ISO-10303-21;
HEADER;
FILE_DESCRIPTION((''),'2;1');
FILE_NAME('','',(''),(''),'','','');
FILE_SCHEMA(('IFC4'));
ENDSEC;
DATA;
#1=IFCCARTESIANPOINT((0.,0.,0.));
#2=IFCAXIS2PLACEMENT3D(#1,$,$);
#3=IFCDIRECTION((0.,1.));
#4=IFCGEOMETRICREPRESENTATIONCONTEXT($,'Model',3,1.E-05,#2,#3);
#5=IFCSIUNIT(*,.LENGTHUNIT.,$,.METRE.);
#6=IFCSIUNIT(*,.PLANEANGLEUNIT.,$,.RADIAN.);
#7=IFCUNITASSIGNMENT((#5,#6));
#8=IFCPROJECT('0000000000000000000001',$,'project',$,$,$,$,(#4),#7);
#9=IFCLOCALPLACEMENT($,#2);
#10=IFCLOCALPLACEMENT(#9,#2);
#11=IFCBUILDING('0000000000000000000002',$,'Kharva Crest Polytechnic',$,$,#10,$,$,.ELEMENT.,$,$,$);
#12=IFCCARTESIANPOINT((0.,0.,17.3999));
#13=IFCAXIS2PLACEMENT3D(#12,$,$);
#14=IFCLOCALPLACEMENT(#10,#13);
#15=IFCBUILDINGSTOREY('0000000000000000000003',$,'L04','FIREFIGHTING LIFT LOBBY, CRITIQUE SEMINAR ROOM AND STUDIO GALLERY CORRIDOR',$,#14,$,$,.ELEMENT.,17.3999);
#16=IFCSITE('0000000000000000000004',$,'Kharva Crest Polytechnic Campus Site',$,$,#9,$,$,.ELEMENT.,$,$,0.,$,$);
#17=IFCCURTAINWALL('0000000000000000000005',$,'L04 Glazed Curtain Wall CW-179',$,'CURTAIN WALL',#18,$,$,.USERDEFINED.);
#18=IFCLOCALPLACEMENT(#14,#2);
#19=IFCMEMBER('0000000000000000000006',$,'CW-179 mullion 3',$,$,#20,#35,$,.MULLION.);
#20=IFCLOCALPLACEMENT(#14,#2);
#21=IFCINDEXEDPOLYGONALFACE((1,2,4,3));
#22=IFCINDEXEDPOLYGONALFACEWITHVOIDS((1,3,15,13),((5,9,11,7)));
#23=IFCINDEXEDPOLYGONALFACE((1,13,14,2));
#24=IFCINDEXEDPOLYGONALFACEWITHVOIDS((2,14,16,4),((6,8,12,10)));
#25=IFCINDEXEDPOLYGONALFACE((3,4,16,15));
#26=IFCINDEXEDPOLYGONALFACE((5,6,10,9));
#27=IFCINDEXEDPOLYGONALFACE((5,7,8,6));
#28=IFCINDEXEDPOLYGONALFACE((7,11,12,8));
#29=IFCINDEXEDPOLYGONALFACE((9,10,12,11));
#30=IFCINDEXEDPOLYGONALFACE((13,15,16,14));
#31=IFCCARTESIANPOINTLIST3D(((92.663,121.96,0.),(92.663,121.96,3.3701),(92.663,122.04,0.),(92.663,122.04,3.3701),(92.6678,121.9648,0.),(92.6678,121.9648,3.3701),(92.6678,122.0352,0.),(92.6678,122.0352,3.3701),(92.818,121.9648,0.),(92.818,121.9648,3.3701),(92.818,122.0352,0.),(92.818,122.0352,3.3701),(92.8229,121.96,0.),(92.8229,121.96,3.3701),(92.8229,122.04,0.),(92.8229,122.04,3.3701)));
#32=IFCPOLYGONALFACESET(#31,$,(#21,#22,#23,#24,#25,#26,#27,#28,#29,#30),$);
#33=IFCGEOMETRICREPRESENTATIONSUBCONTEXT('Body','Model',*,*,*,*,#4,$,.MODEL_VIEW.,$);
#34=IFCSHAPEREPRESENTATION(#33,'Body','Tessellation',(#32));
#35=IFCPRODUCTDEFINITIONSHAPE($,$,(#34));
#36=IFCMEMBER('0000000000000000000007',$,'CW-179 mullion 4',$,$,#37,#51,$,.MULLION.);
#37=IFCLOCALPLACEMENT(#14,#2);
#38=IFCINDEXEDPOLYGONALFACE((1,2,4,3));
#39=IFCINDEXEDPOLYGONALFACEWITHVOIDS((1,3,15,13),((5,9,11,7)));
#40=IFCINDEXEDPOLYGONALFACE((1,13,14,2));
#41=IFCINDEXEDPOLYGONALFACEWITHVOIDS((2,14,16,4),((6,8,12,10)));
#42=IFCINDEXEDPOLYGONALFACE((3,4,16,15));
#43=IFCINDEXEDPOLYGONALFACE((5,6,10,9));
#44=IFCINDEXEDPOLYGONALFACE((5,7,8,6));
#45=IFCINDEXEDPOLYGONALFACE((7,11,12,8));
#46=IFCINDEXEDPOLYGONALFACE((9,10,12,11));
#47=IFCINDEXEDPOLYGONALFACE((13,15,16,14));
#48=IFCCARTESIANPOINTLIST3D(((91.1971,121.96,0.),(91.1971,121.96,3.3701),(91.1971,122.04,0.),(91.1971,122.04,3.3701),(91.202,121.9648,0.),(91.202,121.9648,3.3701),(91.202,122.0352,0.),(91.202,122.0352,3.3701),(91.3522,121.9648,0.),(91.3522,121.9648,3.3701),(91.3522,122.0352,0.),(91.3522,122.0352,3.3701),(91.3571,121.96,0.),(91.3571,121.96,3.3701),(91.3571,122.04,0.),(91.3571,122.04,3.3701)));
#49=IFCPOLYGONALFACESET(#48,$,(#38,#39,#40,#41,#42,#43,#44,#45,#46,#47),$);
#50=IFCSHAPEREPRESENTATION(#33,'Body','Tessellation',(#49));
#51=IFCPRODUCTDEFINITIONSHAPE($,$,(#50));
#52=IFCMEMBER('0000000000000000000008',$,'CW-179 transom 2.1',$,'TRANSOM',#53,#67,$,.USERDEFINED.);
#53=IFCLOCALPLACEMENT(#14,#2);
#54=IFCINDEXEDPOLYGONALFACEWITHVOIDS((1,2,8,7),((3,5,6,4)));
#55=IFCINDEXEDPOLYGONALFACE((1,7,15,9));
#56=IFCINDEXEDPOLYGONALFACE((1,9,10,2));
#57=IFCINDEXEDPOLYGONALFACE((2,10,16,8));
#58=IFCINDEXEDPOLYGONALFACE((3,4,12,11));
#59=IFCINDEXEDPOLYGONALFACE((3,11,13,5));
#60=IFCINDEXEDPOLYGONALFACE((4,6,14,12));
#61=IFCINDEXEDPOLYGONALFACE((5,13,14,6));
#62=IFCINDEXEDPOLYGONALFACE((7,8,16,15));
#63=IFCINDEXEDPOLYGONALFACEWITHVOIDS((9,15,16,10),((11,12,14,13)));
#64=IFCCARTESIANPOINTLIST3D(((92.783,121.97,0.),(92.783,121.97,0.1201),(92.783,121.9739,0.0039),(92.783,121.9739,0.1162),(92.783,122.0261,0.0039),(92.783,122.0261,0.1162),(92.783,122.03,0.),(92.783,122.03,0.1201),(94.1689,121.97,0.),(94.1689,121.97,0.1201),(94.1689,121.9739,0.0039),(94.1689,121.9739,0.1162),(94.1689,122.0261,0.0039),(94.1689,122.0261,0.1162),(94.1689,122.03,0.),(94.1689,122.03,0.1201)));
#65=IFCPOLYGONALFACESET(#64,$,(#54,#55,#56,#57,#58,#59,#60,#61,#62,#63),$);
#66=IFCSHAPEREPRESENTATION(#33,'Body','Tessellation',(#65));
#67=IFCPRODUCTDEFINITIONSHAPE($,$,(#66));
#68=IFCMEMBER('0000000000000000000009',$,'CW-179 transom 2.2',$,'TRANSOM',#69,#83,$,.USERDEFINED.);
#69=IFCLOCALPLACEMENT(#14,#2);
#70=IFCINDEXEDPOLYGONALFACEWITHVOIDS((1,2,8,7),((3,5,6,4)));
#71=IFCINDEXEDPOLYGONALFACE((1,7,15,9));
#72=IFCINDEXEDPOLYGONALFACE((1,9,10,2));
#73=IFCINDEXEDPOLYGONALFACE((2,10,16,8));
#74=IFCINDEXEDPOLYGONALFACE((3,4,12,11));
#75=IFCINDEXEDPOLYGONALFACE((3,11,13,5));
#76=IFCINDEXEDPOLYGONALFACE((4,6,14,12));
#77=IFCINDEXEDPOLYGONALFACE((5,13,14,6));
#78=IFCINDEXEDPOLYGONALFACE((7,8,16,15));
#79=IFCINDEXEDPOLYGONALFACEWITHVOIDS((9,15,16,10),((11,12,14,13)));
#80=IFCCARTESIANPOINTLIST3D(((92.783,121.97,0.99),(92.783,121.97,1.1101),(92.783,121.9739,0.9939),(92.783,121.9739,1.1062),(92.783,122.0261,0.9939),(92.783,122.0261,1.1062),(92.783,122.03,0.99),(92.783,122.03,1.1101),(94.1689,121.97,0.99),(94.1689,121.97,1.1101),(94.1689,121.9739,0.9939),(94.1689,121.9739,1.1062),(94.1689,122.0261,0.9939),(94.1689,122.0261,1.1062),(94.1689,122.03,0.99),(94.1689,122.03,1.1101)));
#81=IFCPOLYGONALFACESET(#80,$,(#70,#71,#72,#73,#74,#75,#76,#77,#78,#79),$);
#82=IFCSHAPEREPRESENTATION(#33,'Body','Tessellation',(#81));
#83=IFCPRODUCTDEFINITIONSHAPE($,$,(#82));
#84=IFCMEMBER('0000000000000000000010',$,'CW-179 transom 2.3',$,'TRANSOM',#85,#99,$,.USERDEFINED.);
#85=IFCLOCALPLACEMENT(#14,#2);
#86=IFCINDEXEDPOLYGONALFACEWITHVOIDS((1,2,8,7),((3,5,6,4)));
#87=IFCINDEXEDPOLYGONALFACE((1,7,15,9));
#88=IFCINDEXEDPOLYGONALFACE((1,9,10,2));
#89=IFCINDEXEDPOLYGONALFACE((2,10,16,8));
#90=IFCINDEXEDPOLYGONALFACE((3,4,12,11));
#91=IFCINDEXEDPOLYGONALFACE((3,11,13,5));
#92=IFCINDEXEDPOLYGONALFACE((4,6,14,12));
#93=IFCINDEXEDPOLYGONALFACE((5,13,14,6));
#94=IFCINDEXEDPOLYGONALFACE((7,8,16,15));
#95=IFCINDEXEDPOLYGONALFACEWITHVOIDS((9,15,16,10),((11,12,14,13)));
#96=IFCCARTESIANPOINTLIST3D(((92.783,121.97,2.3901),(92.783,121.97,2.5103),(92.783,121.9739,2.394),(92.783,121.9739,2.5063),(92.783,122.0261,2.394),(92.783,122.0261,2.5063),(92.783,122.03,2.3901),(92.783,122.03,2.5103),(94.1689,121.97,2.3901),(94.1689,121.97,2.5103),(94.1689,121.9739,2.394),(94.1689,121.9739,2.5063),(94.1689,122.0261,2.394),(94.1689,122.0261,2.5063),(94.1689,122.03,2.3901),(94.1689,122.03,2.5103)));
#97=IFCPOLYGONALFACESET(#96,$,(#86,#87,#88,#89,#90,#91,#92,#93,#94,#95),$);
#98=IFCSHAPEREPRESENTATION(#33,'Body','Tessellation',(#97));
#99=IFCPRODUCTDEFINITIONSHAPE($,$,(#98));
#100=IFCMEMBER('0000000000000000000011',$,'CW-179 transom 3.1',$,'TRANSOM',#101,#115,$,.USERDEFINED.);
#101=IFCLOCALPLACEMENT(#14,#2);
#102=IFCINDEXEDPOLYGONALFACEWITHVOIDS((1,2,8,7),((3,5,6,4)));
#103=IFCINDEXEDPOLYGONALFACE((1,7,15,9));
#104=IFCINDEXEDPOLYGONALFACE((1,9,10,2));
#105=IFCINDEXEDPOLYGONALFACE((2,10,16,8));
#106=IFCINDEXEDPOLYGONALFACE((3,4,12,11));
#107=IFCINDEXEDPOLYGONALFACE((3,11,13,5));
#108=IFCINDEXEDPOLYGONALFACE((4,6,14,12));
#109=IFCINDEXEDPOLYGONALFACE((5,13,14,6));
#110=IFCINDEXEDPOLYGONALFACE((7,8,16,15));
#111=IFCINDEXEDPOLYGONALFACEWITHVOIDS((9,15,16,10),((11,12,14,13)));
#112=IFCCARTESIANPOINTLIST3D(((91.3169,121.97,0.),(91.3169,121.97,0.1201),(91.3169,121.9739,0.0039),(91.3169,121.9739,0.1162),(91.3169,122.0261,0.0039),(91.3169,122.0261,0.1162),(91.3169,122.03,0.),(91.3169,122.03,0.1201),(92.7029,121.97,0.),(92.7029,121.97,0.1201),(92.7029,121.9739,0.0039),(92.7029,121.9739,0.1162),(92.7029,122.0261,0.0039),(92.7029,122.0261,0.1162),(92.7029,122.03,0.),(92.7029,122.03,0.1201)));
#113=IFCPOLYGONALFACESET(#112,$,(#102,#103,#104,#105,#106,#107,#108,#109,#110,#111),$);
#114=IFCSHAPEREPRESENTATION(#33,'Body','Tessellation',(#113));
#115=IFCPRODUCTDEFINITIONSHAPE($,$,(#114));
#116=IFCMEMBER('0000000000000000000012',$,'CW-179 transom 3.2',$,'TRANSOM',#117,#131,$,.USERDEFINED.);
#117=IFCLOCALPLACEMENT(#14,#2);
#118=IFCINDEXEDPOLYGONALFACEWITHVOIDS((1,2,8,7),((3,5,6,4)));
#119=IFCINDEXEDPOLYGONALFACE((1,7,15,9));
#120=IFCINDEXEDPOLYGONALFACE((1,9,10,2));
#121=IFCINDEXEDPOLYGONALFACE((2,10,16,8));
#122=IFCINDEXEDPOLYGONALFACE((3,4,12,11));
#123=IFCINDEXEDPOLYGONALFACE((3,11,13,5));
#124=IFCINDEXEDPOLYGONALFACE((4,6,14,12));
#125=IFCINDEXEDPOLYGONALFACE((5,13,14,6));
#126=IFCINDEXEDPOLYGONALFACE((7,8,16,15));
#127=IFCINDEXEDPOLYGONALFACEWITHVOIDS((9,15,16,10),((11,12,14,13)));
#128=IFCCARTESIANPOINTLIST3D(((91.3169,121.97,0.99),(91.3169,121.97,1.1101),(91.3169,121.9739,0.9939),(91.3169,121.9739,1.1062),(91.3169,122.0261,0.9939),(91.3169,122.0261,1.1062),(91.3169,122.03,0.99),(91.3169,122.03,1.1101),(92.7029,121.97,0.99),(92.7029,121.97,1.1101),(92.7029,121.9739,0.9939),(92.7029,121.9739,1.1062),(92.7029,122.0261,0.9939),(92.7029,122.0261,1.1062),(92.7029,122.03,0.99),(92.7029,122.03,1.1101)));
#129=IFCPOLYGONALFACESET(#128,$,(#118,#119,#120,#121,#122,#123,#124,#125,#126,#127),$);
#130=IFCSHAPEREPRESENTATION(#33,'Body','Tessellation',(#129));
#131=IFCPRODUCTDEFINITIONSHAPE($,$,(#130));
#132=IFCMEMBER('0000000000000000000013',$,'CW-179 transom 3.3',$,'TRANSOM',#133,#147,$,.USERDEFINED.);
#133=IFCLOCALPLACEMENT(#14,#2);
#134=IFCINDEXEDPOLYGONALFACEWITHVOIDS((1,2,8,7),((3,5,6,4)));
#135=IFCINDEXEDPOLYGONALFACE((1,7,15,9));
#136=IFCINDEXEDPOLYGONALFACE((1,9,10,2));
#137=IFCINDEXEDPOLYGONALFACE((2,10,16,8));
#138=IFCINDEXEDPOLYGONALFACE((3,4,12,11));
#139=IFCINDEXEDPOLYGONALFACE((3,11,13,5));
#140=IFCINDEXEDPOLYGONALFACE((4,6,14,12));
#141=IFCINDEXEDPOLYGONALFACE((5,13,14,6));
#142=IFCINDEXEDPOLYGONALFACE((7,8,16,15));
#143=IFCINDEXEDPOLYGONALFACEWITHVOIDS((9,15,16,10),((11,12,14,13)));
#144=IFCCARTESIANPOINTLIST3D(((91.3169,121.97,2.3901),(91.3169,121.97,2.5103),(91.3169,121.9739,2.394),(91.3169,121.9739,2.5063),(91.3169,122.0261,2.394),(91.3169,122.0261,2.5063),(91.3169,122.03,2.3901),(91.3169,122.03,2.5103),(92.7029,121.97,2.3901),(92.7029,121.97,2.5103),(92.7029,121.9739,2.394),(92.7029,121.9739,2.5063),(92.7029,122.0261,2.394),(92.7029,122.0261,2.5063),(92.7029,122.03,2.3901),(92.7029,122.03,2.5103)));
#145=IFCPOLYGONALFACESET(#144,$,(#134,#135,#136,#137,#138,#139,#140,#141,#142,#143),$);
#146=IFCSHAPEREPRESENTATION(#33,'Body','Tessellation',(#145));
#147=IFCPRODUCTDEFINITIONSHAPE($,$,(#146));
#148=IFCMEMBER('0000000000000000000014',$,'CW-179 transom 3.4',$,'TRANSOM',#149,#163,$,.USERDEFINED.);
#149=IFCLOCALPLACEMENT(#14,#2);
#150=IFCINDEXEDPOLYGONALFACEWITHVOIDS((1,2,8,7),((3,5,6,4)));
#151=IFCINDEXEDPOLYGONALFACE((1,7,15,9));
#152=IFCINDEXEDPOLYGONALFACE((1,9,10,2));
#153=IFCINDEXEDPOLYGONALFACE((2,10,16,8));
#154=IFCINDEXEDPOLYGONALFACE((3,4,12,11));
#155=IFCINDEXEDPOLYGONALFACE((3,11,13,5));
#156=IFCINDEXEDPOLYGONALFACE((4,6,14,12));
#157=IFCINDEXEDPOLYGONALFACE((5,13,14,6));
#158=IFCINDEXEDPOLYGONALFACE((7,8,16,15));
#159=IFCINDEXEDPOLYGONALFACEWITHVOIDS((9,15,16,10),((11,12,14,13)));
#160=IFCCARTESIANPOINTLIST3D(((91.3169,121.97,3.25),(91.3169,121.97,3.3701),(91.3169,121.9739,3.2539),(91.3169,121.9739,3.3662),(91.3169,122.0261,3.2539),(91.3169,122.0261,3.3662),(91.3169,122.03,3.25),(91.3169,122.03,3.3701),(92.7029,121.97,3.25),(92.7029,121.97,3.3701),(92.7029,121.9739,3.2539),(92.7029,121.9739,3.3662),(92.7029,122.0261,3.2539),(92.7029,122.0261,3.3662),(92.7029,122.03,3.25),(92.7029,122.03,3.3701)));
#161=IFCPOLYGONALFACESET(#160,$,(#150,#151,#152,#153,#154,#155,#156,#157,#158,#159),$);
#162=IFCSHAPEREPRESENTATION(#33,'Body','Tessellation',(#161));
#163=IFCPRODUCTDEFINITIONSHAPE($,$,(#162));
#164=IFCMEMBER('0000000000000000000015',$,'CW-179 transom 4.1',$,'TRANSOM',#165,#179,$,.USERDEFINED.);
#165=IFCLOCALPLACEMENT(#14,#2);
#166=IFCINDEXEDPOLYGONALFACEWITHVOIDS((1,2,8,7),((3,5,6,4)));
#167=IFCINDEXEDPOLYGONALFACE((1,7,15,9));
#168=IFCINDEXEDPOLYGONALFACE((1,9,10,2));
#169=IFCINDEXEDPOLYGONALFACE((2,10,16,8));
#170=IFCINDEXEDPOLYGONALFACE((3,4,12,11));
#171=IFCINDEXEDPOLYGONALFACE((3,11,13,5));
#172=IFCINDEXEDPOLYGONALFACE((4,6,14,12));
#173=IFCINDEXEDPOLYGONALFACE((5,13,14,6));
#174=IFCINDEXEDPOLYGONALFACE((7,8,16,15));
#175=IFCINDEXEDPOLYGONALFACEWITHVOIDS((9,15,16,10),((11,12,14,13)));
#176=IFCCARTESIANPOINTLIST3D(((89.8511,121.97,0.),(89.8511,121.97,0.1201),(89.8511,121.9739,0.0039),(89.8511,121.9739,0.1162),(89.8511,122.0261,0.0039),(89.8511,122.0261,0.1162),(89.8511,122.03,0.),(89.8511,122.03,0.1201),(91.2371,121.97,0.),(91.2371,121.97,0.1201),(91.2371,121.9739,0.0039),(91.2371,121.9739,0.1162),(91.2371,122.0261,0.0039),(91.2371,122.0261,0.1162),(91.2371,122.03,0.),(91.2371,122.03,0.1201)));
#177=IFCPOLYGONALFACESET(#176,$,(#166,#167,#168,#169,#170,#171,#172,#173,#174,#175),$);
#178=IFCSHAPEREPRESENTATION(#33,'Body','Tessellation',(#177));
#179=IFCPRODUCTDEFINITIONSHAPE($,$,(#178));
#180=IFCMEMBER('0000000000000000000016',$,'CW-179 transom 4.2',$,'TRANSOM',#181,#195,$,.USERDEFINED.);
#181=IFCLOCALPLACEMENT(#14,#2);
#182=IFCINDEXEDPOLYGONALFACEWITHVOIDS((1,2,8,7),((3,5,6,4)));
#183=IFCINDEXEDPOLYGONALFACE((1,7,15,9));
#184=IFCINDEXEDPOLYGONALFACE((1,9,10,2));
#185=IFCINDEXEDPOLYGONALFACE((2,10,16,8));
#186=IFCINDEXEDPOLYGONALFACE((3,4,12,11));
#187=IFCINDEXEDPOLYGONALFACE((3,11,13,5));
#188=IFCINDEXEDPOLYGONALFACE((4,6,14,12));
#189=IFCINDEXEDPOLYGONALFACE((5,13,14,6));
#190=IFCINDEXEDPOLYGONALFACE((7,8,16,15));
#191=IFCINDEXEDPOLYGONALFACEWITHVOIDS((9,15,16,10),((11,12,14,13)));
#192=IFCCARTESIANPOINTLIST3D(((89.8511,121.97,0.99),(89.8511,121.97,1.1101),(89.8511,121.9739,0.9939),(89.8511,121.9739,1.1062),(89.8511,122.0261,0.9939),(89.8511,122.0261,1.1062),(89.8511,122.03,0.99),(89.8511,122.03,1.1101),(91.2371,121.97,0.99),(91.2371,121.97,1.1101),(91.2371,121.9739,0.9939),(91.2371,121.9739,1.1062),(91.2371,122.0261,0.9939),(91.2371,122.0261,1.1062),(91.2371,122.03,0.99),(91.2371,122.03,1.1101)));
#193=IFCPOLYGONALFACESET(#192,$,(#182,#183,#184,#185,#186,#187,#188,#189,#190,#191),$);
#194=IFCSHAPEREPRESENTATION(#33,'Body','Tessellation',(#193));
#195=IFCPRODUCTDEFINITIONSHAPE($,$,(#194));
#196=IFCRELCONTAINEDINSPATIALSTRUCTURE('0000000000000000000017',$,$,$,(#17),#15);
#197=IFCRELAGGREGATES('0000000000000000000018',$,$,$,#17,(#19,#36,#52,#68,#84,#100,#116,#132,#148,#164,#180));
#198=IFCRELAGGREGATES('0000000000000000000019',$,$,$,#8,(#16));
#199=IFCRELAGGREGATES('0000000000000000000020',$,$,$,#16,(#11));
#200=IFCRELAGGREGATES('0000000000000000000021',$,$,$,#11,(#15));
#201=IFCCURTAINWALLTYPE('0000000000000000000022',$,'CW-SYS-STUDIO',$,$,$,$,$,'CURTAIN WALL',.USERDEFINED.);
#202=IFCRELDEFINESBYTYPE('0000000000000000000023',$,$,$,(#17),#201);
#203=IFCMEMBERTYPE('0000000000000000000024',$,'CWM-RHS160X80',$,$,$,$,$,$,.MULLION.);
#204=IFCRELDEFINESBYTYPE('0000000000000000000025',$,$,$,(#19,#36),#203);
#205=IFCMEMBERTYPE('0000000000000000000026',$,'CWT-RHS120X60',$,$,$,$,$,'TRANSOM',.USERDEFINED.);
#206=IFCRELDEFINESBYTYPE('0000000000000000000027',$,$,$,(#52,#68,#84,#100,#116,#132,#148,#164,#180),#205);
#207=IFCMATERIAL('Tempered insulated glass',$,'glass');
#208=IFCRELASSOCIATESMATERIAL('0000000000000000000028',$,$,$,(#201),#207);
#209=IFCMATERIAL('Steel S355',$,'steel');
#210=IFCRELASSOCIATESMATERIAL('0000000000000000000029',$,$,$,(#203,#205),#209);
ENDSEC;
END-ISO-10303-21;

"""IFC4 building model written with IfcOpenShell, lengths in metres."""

from ifc_helpers import new_model, si_unit, direction, frame, origin, origin_2d, place, context, subcontext, project, spatial, hollow_rectangle, extrude, material, material_profile, profile_set, type_object, element, aggregate, save


model = new_model("IFC4")

# Units and contexts
model_context = context("Model", 3, precision=1e-05, world=origin(), true_north=direction((0.0, 1.0)))
body_context = subcontext(model_context, "Body", "Model", "MODEL_VIEW")
ifc_project = project(units=[si_unit("LENGTHUNIT", "METRE"), si_unit("PLANEANGLEUNIT", "RADIAN")], contexts=[model_context])

# Site, building, storey
site_placement = place(None, origin())
site = spatial("IfcSite", under=ifc_project, at=site_placement, Name="Kharva Crest Polytechnic Campus Site", CompositionType="ELEMENT", RefElevation=0.0)
building_placement = place(site_placement, origin())
building = spatial("IfcBuilding", under=site, at=building_placement, Name="Kharva Crest Polytechnic", CompositionType="ELEMENT")
storey_placement = place(building_placement, frame((0.0, 0.0, 17.3999)))
storey = spatial("IfcBuildingStorey", under=building, at=storey_placement, Name="L04", Description="FIREFIGHTING LIFT LOBBY, CRITIQUE SEMINAR ROOM AND STUDIO GALLERY CORRIDOR", CompositionType="ELEMENT", Elevation=17.3999)

# Curtain wall, members
ifc_material_1 = material(Name="Tempered insulated glass", Category="glass")
curtain_wall_type = type_object("IfcCurtainWallType", Name="CW-SYS-STUDIO", ElementType="CURTAIN WALL", PredefinedType="USERDEFINED", material=ifc_material_1)
curtain_wall_placement = place(storey_placement, origin())
curtain_wall = element("IfcCurtainWall", 1, at=curtain_wall_placement, inside=storey, type_object=curtain_wall_type, Name="L04 Glazed Curtain Wall CW-179", ObjectType="CURTAIN WALL", PredefinedType="USERDEFINED")
ifc_material_2 = material(Name="Steel S355", Category="steel")
ifc_material_profile_1 = material_profile(ifc_material_2, hollow_rectangle(XDim=0.0801, YDim=0.1599, WallThickness=0.0049, at=origin_2d()), Name="RHS 160X80X5.0")
ifc_profile_set_1 = profile_set([ifc_material_profile_1], Name="Steel S355")
member_type_1 = type_object("IfcMemberType", Name="CWM-RHS160X80", PredefinedType="MULLION", material=ifc_profile_set_1)
member_1_placement = place(storey_placement, frame((92.7429, 122.0, 0.0), z_axis=(0.0, 0.0, 1.0), x_axis=(0.0, -1.0, 0.0)))
member_1 = element("IfcMember", 2, at=member_1_placement, type_object=member_type_1, Name="CW-179 mullion 3", PredefinedType="MULLION", context=body_context, shape_type="SweptSolid", body=[
    extrude(hollow_rectangle(XDim=0.0801, YDim=0.1599, WallThickness=0.0049, at=origin_2d()), origin(), (0.0, 0.0, 1.0), 3.3701),
])
member_2_placement = place(storey_placement, frame((91.2771, 122.0, 0.0), z_axis=(0.0, 0.0, 1.0), x_axis=(0.0, -1.0, 0.0)))
member_2 = element("IfcMember", 3, at=member_2_placement, type_object=member_type_1, Name="CW-179 mullion 4", PredefinedType="MULLION", context=body_context, shape_type="SweptSolid", body=[
    extrude(hollow_rectangle(XDim=0.0801, YDim=0.1599, WallThickness=0.0049, at=origin_2d()), origin(), (0.0, 0.0, 1.0), 3.3701),
])
ifc_material_profile_2 = material_profile(ifc_material_2, hollow_rectangle(XDim=0.0601, YDim=0.1201, WallThickness=0.0039, at=origin_2d()), Name="RHS 120X60X4.0")
ifc_profile_set_2 = profile_set([ifc_material_profile_2], Name="Steel S355")
member_type_2 = type_object("IfcMemberType", Name="CWT-RHS120X60", ElementType="TRANSOM", PredefinedType="USERDEFINED", material=ifc_profile_set_2)
member_3_placement = place(storey_placement, frame((94.1689, 122.0, 0.0601), z_axis=(-1.0, 0.0, 0.0), x_axis=(0.0, -1.0, 0.0)))
member_3 = element("IfcMember", 4, at=member_3_placement, type_object=member_type_2, Name="CW-179 transom 2.1", ObjectType="TRANSOM", PredefinedType="USERDEFINED", context=body_context, shape_type="SweptSolid", body=[
    extrude(hollow_rectangle(XDim=0.0601, YDim=0.1201, WallThickness=0.0039, at=origin_2d()), origin(), (0.0, 0.0, 1.0), 1.386),
])
member_4_placement = place(storey_placement, frame((94.1689, 122.0, 1.05), z_axis=(-1.0, 0.0, 0.0), x_axis=(0.0, -1.0, 0.0)))
member_4 = element("IfcMember", 5, at=member_4_placement, type_object=member_type_2, Name="CW-179 transom 2.2", ObjectType="TRANSOM", PredefinedType="USERDEFINED", context=body_context, shape_type="SweptSolid", body=[
    extrude(hollow_rectangle(XDim=0.0601, YDim=0.1201, WallThickness=0.0039, at=origin_2d()), origin(), (0.0, 0.0, 1.0), 1.386),
])
member_5_placement = place(storey_placement, frame((94.1689, 122.0, 2.4502), z_axis=(-1.0, 0.0, 0.0), x_axis=(0.0, -1.0, 0.0)))
member_5 = element("IfcMember", 6, at=member_5_placement, type_object=member_type_2, Name="CW-179 transom 2.3", ObjectType="TRANSOM", PredefinedType="USERDEFINED", context=body_context, shape_type="SweptSolid", body=[
    extrude(hollow_rectangle(XDim=0.0601, YDim=0.1201, WallThickness=0.0039, at=origin_2d()), origin(), (0.0, 0.0, 1.0), 1.386),
])
member_6_placement = place(storey_placement, frame((92.7029, 122.0, 0.0601), z_axis=(-1.0, 0.0, 0.0), x_axis=(0.0, -1.0, 0.0)))
member_6 = element("IfcMember", 7, at=member_6_placement, type_object=member_type_2, Name="CW-179 transom 3.1", ObjectType="TRANSOM", PredefinedType="USERDEFINED", context=body_context, shape_type="SweptSolid", body=[
    extrude(hollow_rectangle(XDim=0.0601, YDim=0.1201, WallThickness=0.0039, at=origin_2d()), origin(), (0.0, 0.0, 1.0), 1.386),
])
member_7_placement = place(storey_placement, frame((92.7029, 122.0, 1.05), z_axis=(-1.0, 0.0, 0.0), x_axis=(0.0, -1.0, 0.0)))
member_7 = element("IfcMember", 8, at=member_7_placement, type_object=member_type_2, Name="CW-179 transom 3.2", ObjectType="TRANSOM", PredefinedType="USERDEFINED", context=body_context, shape_type="SweptSolid", body=[
    extrude(hollow_rectangle(XDim=0.0601, YDim=0.1201, WallThickness=0.0039, at=origin_2d()), origin(), (0.0, 0.0, 1.0), 1.386),
])
member_8_placement = place(storey_placement, frame((92.7029, 122.0, 2.4502), z_axis=(-1.0, 0.0, 0.0), x_axis=(0.0, -1.0, 0.0)))
member_8 = element("IfcMember", 9, at=member_8_placement, type_object=member_type_2, Name="CW-179 transom 3.3", ObjectType="TRANSOM", PredefinedType="USERDEFINED", context=body_context, shape_type="SweptSolid", body=[
    extrude(hollow_rectangle(XDim=0.0601, YDim=0.1201, WallThickness=0.0039, at=origin_2d()), origin(), (0.0, 0.0, 1.0), 1.386),
])
member_9_placement = place(storey_placement, frame((92.7029, 122.0, 3.3101), z_axis=(-1.0, 0.0, 0.0), x_axis=(0.0, -1.0, 0.0)))
member_9 = element("IfcMember", 10, at=member_9_placement, type_object=member_type_2, Name="CW-179 transom 3.4", ObjectType="TRANSOM", PredefinedType="USERDEFINED", context=body_context, shape_type="SweptSolid", body=[
    extrude(hollow_rectangle(XDim=0.0601, YDim=0.1201, WallThickness=0.0039, at=origin_2d()), origin(), (0.0, 0.0, 1.0), 1.386),
])
member_10_placement = place(storey_placement, frame((91.2371, 122.0, 0.0601), z_axis=(-1.0, 0.0, 0.0), x_axis=(0.0, -1.0, 0.0)))
member_10 = element("IfcMember", 11, at=member_10_placement, type_object=member_type_2, Name="CW-179 transom 4.1", ObjectType="TRANSOM", PredefinedType="USERDEFINED", context=body_context, shape_type="SweptSolid", body=[
    extrude(hollow_rectangle(XDim=0.0601, YDim=0.1201, WallThickness=0.0039, at=origin_2d()), origin(), (0.0, 0.0, 1.0), 1.386),
])
member_11_placement = place(storey_placement, frame((91.2371, 122.0, 1.05), z_axis=(-1.0, 0.0, 0.0), x_axis=(0.0, -1.0, 0.0)))
member_11 = element("IfcMember", 12, at=member_11_placement, type_object=member_type_2, Name="CW-179 transom 4.2", ObjectType="TRANSOM", PredefinedType="USERDEFINED", context=body_context, shape_type="SweptSolid", body=[
    extrude(hollow_rectangle(XDim=0.0601, YDim=0.1201, WallThickness=0.0039, at=origin_2d()), origin(), (0.0, 0.0, 1.0), 1.386),
])
aggregate(curtain_wall, [member_1, member_2, member_3, member_4, member_5, member_6, member_7, member_8, member_9, member_10, member_11])

save(model, "model.ifc")
